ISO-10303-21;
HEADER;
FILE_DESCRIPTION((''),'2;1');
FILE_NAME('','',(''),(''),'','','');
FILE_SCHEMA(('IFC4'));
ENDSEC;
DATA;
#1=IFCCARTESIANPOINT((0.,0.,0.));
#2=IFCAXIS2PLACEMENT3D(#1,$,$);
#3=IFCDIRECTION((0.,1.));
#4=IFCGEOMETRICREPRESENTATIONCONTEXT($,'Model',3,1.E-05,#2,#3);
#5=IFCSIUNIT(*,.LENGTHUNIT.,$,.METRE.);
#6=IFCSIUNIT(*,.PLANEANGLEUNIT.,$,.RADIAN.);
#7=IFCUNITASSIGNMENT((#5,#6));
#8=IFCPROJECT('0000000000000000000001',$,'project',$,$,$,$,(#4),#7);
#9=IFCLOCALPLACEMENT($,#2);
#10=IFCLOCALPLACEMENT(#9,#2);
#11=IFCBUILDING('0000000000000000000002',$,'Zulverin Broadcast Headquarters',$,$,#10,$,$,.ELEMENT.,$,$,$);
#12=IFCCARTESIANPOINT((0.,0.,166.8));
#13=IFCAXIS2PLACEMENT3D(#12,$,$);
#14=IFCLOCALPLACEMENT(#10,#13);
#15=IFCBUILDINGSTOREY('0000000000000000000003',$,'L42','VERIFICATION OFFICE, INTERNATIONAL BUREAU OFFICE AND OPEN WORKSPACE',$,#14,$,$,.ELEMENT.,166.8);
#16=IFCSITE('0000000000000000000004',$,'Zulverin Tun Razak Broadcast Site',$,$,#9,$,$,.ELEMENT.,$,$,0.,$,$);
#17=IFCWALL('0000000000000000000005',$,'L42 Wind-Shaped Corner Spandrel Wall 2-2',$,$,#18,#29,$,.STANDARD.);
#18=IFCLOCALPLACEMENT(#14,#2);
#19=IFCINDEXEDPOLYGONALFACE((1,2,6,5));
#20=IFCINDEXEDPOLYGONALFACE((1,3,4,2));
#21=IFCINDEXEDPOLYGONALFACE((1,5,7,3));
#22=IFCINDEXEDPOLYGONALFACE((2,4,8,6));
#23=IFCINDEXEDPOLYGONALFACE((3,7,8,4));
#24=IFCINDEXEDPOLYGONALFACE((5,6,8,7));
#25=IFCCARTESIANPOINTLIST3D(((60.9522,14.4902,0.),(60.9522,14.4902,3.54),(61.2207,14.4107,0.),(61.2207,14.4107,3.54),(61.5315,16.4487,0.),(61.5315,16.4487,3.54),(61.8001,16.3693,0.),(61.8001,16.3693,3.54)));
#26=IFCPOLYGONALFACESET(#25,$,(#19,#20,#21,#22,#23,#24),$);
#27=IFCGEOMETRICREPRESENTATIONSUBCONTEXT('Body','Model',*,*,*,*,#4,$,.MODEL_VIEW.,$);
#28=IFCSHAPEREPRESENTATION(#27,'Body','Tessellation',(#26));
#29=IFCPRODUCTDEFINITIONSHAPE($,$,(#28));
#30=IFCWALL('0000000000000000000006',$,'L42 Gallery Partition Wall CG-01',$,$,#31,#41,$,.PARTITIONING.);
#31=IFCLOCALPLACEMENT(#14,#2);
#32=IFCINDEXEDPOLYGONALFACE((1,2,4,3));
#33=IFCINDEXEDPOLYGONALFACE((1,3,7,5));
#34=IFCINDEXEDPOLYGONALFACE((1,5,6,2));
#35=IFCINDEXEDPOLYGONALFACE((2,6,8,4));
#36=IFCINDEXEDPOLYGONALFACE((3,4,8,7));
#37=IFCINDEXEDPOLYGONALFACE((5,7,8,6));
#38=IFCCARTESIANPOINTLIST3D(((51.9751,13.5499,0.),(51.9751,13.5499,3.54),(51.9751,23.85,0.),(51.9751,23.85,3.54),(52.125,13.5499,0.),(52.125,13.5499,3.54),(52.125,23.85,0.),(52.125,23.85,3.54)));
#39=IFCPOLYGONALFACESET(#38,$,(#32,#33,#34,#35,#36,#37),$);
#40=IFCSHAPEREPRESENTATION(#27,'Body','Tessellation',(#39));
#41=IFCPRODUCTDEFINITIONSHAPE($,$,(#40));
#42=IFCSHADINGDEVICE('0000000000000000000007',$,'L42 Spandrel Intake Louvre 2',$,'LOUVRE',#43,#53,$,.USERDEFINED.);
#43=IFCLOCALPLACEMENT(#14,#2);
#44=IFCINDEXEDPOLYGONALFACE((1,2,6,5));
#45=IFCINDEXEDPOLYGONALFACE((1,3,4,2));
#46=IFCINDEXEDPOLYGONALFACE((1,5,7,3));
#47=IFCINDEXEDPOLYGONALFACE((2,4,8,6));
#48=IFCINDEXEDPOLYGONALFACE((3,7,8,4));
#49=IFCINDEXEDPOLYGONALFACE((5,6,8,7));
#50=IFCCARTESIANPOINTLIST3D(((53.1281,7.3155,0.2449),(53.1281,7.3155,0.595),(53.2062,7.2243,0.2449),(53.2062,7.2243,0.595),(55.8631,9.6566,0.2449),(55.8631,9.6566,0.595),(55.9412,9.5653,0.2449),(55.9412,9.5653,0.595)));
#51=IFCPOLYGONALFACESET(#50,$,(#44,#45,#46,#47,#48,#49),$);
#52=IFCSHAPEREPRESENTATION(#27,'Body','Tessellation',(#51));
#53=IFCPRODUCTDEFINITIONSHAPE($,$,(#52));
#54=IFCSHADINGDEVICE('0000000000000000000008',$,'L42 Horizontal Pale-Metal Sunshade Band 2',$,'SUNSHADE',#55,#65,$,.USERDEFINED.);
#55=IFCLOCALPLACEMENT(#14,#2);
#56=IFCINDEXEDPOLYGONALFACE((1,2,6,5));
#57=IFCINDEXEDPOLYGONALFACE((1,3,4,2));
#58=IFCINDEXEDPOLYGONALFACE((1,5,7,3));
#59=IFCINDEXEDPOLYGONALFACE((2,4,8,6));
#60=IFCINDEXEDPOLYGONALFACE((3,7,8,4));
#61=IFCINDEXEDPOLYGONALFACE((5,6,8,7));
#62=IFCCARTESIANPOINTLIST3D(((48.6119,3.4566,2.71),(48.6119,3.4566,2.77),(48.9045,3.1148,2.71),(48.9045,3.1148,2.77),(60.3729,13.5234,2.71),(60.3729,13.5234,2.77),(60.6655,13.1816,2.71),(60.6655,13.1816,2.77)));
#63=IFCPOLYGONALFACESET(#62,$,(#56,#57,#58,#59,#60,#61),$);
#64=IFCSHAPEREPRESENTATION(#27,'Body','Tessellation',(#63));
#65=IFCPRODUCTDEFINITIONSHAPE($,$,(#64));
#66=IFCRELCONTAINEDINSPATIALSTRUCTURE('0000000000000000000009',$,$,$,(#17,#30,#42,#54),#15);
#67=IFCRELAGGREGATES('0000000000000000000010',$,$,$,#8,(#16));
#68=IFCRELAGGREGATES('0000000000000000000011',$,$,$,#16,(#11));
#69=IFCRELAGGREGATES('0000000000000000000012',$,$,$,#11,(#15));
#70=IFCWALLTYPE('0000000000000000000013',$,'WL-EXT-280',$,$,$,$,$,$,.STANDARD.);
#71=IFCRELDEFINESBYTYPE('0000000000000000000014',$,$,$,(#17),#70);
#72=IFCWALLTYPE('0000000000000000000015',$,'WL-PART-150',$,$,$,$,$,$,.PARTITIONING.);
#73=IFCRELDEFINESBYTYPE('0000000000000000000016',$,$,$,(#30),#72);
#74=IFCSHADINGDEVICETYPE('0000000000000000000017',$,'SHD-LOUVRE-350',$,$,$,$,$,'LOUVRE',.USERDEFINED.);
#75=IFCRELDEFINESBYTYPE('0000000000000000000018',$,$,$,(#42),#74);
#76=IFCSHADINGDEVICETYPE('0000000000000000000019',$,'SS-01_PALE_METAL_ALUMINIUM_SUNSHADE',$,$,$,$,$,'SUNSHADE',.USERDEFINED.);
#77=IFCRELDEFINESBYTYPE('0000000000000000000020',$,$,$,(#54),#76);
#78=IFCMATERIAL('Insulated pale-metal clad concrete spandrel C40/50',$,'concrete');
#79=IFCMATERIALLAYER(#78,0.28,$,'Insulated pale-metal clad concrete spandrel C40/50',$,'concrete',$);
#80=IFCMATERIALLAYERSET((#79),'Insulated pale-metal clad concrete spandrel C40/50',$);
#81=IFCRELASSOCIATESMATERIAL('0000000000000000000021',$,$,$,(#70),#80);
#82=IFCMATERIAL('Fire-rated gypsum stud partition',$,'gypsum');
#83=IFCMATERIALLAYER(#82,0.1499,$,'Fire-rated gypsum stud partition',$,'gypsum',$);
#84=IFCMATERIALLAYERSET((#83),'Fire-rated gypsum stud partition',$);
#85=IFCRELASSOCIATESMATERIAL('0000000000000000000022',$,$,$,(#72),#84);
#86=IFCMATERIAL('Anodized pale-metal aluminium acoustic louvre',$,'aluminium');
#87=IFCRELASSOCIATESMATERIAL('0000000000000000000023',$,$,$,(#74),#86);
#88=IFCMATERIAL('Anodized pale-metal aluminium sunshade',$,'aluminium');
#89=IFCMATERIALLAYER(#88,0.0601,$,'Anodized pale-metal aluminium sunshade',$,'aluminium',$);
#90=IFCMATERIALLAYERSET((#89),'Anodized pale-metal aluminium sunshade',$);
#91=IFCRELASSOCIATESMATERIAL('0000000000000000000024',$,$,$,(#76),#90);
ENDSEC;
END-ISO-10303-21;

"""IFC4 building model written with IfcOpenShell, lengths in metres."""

from ifc_helpers import new_model, si_unit, direction, frame, frame_2d, origin, origin_2d, place, context, subcontext, project, spatial, rectangle, extrude, material, layer, layer_set, type_object, element, save


model = new_model("IFC4")

# Units and contexts
model_context = context("Model", 3, precision=1e-05, world=origin(), true_north=direction((0.0, 1.0)))
body_context = subcontext(model_context, "Body", "Model", "MODEL_VIEW")
ifc_project = project(units=[si_unit("LENGTHUNIT", "METRE"), si_unit("PLANEANGLEUNIT", "RADIAN")], contexts=[model_context])

# Site, building, storey
site_placement = place(None, origin())
site = spatial("IfcSite", under=ifc_project, at=site_placement, Name="Zulverin Tun Razak Broadcast Site", CompositionType="ELEMENT", RefElevation=0.0)
building_placement = place(site_placement, origin())
building = spatial("IfcBuilding", under=site, at=building_placement, Name="Zulverin Broadcast Headquarters", CompositionType="ELEMENT")
storey_placement = place(building_placement, frame((0.0, 0.0, 166.8)))
storey = spatial("IfcBuildingStorey", under=building, at=storey_placement, Name="L42", Description="VERIFICATION OFFICE, INTERNATIONAL BUREAU OFFICE AND OPEN WORKSPACE", CompositionType="ELEMENT", Elevation=166.8)

# Shared definitions
ifc_material_1 = material(Name="Insulated pale-metal clad concrete spandrel C40/50", Category="concrete")
ifc_layer_1 = layer(ifc_material_1, 0.28, Name="Insulated pale-metal clad concrete spandrel C40/50", Category="concrete")
ifc_layer_set_1 = layer_set([ifc_layer_1], Name="Insulated pale-metal clad concrete spandrel C40/50")
wall_type_1 = type_object("IfcWallType", Name="WL-EXT-280", PredefinedType="STANDARD", material=ifc_layer_set_1)

# Walls
wall_1_placement = place(storey_placement, frame((61.0864, 14.4504, 0.0), z_axis=(0.0, 0.0, 1.0), x_axis=(0.283661, 0.958925, 0.0)))
element("IfcWall", 1, at=wall_1_placement, inside=storey, type_object=wall_type_1, Name="L42 Wind-Shaped Corner Spandrel Wall 2-2", PredefinedType="STANDARD", context=body_context, shape_type="SweptSolid", body=[
    extrude(rectangle(XDim=2.0425, YDim=0.28, at=frame_2d((1.0212, 0.0))), origin(), (0.0, 0.0, 1.0), 3.54),
])
ifc_material_2 = material(Name="Fire-rated gypsum stud partition", Category="gypsum")
ifc_layer_2 = layer(ifc_material_2, 0.1499, Name="Fire-rated gypsum stud partition", Category="gypsum")
ifc_layer_set_2 = layer_set([ifc_layer_2], Name="Fire-rated gypsum stud partition")
wall_type_2 = type_object("IfcWallType", Name="WL-PART-150", PredefinedType="PARTITIONING", material=ifc_layer_set_2)
wall_2_placement = place(storey_placement, frame((52.05, 13.55, 0.0), z_axis=(0.0, 0.0, 1.0), x_axis=(0.0, 1.0, 0.0)))
element("IfcWall", 2, at=wall_2_placement, inside=storey, type_object=wall_type_2, Name="L42 Gallery Partition Wall CG-01", PredefinedType="PARTITIONING", context=body_context, shape_type="SweptSolid", body=[
    extrude(rectangle(XDim=10.3, YDim=0.1499, at=frame_2d((5.1499, 0.0))), origin(), (0.0, 0.0, 1.0), 3.54),
])

# Shading devices
ifc_material_3 = material(Name="Anodized pale-metal aluminium acoustic louvre", Category="aluminium")
shading_device_type_1 = type_object("IfcShadingDeviceType", Name="SHD-LOUVRE-350", ElementType="LOUVRE", PredefinedType="USERDEFINED", material=ifc_material_3)
shading_device_1_placement = place(storey_placement, frame((54.5347, 8.4404, 0.2449), z_axis=(0.0, 0.0, 1.0), x_axis=(0.759706, 0.650267, 0.0)))
element("IfcShadingDevice", 3, at=shading_device_1_placement, inside=storey, type_object=shading_device_type_1, Name="L42 Spandrel Intake Louvre 2", ObjectType="LOUVRE", PredefinedType="USERDEFINED", context=body_context, shape_type="SweptSolid", body=[
    extrude(rectangle(XDim=3.6001, YDim=0.1201, at=origin_2d()), origin(), (0.0, 0.0, 1.0), 0.3501),
])
ifc_material_4 = material(Name="Anodized pale-metal aluminium sunshade", Category="aluminium")
ifc_layer_3 = layer(ifc_material_4, 0.0601, Name="Anodized pale-metal aluminium sunshade", Category="aluminium")
ifc_layer_set_3 = layer_set([ifc_layer_3], Name="Anodized pale-metal aluminium sunshade")
shading_device_type_2 = type_object("IfcShadingDeviceType", Name="SS-01_PALE_METAL_ALUMINIUM_SUNSHADE", ElementType="SUNSHADE", PredefinedType="USERDEFINED", material=ifc_layer_set_3)
shading_device_2_placement = place(storey_placement, frame((54.6387, 8.3191, 2.71), z_axis=(0.0, 0.0, 1.0), x_axis=(0.759706, 0.650267, 0.0)))
element("IfcShadingDevice", 4, at=shading_device_2_placement, inside=storey, type_object=shading_device_type_2, Name="L42 Horizontal Pale-Metal Sunshade Band 2", ObjectType="SUNSHADE", PredefinedType="USERDEFINED", context=body_context, shape_type="SweptSolid", body=[
    extrude(rectangle(XDim=15.481, YDim=0.45, at=origin_2d()), origin(), (0.0, 0.0, 1.0), 0.0601),
])

save(model, "model.ifc")
